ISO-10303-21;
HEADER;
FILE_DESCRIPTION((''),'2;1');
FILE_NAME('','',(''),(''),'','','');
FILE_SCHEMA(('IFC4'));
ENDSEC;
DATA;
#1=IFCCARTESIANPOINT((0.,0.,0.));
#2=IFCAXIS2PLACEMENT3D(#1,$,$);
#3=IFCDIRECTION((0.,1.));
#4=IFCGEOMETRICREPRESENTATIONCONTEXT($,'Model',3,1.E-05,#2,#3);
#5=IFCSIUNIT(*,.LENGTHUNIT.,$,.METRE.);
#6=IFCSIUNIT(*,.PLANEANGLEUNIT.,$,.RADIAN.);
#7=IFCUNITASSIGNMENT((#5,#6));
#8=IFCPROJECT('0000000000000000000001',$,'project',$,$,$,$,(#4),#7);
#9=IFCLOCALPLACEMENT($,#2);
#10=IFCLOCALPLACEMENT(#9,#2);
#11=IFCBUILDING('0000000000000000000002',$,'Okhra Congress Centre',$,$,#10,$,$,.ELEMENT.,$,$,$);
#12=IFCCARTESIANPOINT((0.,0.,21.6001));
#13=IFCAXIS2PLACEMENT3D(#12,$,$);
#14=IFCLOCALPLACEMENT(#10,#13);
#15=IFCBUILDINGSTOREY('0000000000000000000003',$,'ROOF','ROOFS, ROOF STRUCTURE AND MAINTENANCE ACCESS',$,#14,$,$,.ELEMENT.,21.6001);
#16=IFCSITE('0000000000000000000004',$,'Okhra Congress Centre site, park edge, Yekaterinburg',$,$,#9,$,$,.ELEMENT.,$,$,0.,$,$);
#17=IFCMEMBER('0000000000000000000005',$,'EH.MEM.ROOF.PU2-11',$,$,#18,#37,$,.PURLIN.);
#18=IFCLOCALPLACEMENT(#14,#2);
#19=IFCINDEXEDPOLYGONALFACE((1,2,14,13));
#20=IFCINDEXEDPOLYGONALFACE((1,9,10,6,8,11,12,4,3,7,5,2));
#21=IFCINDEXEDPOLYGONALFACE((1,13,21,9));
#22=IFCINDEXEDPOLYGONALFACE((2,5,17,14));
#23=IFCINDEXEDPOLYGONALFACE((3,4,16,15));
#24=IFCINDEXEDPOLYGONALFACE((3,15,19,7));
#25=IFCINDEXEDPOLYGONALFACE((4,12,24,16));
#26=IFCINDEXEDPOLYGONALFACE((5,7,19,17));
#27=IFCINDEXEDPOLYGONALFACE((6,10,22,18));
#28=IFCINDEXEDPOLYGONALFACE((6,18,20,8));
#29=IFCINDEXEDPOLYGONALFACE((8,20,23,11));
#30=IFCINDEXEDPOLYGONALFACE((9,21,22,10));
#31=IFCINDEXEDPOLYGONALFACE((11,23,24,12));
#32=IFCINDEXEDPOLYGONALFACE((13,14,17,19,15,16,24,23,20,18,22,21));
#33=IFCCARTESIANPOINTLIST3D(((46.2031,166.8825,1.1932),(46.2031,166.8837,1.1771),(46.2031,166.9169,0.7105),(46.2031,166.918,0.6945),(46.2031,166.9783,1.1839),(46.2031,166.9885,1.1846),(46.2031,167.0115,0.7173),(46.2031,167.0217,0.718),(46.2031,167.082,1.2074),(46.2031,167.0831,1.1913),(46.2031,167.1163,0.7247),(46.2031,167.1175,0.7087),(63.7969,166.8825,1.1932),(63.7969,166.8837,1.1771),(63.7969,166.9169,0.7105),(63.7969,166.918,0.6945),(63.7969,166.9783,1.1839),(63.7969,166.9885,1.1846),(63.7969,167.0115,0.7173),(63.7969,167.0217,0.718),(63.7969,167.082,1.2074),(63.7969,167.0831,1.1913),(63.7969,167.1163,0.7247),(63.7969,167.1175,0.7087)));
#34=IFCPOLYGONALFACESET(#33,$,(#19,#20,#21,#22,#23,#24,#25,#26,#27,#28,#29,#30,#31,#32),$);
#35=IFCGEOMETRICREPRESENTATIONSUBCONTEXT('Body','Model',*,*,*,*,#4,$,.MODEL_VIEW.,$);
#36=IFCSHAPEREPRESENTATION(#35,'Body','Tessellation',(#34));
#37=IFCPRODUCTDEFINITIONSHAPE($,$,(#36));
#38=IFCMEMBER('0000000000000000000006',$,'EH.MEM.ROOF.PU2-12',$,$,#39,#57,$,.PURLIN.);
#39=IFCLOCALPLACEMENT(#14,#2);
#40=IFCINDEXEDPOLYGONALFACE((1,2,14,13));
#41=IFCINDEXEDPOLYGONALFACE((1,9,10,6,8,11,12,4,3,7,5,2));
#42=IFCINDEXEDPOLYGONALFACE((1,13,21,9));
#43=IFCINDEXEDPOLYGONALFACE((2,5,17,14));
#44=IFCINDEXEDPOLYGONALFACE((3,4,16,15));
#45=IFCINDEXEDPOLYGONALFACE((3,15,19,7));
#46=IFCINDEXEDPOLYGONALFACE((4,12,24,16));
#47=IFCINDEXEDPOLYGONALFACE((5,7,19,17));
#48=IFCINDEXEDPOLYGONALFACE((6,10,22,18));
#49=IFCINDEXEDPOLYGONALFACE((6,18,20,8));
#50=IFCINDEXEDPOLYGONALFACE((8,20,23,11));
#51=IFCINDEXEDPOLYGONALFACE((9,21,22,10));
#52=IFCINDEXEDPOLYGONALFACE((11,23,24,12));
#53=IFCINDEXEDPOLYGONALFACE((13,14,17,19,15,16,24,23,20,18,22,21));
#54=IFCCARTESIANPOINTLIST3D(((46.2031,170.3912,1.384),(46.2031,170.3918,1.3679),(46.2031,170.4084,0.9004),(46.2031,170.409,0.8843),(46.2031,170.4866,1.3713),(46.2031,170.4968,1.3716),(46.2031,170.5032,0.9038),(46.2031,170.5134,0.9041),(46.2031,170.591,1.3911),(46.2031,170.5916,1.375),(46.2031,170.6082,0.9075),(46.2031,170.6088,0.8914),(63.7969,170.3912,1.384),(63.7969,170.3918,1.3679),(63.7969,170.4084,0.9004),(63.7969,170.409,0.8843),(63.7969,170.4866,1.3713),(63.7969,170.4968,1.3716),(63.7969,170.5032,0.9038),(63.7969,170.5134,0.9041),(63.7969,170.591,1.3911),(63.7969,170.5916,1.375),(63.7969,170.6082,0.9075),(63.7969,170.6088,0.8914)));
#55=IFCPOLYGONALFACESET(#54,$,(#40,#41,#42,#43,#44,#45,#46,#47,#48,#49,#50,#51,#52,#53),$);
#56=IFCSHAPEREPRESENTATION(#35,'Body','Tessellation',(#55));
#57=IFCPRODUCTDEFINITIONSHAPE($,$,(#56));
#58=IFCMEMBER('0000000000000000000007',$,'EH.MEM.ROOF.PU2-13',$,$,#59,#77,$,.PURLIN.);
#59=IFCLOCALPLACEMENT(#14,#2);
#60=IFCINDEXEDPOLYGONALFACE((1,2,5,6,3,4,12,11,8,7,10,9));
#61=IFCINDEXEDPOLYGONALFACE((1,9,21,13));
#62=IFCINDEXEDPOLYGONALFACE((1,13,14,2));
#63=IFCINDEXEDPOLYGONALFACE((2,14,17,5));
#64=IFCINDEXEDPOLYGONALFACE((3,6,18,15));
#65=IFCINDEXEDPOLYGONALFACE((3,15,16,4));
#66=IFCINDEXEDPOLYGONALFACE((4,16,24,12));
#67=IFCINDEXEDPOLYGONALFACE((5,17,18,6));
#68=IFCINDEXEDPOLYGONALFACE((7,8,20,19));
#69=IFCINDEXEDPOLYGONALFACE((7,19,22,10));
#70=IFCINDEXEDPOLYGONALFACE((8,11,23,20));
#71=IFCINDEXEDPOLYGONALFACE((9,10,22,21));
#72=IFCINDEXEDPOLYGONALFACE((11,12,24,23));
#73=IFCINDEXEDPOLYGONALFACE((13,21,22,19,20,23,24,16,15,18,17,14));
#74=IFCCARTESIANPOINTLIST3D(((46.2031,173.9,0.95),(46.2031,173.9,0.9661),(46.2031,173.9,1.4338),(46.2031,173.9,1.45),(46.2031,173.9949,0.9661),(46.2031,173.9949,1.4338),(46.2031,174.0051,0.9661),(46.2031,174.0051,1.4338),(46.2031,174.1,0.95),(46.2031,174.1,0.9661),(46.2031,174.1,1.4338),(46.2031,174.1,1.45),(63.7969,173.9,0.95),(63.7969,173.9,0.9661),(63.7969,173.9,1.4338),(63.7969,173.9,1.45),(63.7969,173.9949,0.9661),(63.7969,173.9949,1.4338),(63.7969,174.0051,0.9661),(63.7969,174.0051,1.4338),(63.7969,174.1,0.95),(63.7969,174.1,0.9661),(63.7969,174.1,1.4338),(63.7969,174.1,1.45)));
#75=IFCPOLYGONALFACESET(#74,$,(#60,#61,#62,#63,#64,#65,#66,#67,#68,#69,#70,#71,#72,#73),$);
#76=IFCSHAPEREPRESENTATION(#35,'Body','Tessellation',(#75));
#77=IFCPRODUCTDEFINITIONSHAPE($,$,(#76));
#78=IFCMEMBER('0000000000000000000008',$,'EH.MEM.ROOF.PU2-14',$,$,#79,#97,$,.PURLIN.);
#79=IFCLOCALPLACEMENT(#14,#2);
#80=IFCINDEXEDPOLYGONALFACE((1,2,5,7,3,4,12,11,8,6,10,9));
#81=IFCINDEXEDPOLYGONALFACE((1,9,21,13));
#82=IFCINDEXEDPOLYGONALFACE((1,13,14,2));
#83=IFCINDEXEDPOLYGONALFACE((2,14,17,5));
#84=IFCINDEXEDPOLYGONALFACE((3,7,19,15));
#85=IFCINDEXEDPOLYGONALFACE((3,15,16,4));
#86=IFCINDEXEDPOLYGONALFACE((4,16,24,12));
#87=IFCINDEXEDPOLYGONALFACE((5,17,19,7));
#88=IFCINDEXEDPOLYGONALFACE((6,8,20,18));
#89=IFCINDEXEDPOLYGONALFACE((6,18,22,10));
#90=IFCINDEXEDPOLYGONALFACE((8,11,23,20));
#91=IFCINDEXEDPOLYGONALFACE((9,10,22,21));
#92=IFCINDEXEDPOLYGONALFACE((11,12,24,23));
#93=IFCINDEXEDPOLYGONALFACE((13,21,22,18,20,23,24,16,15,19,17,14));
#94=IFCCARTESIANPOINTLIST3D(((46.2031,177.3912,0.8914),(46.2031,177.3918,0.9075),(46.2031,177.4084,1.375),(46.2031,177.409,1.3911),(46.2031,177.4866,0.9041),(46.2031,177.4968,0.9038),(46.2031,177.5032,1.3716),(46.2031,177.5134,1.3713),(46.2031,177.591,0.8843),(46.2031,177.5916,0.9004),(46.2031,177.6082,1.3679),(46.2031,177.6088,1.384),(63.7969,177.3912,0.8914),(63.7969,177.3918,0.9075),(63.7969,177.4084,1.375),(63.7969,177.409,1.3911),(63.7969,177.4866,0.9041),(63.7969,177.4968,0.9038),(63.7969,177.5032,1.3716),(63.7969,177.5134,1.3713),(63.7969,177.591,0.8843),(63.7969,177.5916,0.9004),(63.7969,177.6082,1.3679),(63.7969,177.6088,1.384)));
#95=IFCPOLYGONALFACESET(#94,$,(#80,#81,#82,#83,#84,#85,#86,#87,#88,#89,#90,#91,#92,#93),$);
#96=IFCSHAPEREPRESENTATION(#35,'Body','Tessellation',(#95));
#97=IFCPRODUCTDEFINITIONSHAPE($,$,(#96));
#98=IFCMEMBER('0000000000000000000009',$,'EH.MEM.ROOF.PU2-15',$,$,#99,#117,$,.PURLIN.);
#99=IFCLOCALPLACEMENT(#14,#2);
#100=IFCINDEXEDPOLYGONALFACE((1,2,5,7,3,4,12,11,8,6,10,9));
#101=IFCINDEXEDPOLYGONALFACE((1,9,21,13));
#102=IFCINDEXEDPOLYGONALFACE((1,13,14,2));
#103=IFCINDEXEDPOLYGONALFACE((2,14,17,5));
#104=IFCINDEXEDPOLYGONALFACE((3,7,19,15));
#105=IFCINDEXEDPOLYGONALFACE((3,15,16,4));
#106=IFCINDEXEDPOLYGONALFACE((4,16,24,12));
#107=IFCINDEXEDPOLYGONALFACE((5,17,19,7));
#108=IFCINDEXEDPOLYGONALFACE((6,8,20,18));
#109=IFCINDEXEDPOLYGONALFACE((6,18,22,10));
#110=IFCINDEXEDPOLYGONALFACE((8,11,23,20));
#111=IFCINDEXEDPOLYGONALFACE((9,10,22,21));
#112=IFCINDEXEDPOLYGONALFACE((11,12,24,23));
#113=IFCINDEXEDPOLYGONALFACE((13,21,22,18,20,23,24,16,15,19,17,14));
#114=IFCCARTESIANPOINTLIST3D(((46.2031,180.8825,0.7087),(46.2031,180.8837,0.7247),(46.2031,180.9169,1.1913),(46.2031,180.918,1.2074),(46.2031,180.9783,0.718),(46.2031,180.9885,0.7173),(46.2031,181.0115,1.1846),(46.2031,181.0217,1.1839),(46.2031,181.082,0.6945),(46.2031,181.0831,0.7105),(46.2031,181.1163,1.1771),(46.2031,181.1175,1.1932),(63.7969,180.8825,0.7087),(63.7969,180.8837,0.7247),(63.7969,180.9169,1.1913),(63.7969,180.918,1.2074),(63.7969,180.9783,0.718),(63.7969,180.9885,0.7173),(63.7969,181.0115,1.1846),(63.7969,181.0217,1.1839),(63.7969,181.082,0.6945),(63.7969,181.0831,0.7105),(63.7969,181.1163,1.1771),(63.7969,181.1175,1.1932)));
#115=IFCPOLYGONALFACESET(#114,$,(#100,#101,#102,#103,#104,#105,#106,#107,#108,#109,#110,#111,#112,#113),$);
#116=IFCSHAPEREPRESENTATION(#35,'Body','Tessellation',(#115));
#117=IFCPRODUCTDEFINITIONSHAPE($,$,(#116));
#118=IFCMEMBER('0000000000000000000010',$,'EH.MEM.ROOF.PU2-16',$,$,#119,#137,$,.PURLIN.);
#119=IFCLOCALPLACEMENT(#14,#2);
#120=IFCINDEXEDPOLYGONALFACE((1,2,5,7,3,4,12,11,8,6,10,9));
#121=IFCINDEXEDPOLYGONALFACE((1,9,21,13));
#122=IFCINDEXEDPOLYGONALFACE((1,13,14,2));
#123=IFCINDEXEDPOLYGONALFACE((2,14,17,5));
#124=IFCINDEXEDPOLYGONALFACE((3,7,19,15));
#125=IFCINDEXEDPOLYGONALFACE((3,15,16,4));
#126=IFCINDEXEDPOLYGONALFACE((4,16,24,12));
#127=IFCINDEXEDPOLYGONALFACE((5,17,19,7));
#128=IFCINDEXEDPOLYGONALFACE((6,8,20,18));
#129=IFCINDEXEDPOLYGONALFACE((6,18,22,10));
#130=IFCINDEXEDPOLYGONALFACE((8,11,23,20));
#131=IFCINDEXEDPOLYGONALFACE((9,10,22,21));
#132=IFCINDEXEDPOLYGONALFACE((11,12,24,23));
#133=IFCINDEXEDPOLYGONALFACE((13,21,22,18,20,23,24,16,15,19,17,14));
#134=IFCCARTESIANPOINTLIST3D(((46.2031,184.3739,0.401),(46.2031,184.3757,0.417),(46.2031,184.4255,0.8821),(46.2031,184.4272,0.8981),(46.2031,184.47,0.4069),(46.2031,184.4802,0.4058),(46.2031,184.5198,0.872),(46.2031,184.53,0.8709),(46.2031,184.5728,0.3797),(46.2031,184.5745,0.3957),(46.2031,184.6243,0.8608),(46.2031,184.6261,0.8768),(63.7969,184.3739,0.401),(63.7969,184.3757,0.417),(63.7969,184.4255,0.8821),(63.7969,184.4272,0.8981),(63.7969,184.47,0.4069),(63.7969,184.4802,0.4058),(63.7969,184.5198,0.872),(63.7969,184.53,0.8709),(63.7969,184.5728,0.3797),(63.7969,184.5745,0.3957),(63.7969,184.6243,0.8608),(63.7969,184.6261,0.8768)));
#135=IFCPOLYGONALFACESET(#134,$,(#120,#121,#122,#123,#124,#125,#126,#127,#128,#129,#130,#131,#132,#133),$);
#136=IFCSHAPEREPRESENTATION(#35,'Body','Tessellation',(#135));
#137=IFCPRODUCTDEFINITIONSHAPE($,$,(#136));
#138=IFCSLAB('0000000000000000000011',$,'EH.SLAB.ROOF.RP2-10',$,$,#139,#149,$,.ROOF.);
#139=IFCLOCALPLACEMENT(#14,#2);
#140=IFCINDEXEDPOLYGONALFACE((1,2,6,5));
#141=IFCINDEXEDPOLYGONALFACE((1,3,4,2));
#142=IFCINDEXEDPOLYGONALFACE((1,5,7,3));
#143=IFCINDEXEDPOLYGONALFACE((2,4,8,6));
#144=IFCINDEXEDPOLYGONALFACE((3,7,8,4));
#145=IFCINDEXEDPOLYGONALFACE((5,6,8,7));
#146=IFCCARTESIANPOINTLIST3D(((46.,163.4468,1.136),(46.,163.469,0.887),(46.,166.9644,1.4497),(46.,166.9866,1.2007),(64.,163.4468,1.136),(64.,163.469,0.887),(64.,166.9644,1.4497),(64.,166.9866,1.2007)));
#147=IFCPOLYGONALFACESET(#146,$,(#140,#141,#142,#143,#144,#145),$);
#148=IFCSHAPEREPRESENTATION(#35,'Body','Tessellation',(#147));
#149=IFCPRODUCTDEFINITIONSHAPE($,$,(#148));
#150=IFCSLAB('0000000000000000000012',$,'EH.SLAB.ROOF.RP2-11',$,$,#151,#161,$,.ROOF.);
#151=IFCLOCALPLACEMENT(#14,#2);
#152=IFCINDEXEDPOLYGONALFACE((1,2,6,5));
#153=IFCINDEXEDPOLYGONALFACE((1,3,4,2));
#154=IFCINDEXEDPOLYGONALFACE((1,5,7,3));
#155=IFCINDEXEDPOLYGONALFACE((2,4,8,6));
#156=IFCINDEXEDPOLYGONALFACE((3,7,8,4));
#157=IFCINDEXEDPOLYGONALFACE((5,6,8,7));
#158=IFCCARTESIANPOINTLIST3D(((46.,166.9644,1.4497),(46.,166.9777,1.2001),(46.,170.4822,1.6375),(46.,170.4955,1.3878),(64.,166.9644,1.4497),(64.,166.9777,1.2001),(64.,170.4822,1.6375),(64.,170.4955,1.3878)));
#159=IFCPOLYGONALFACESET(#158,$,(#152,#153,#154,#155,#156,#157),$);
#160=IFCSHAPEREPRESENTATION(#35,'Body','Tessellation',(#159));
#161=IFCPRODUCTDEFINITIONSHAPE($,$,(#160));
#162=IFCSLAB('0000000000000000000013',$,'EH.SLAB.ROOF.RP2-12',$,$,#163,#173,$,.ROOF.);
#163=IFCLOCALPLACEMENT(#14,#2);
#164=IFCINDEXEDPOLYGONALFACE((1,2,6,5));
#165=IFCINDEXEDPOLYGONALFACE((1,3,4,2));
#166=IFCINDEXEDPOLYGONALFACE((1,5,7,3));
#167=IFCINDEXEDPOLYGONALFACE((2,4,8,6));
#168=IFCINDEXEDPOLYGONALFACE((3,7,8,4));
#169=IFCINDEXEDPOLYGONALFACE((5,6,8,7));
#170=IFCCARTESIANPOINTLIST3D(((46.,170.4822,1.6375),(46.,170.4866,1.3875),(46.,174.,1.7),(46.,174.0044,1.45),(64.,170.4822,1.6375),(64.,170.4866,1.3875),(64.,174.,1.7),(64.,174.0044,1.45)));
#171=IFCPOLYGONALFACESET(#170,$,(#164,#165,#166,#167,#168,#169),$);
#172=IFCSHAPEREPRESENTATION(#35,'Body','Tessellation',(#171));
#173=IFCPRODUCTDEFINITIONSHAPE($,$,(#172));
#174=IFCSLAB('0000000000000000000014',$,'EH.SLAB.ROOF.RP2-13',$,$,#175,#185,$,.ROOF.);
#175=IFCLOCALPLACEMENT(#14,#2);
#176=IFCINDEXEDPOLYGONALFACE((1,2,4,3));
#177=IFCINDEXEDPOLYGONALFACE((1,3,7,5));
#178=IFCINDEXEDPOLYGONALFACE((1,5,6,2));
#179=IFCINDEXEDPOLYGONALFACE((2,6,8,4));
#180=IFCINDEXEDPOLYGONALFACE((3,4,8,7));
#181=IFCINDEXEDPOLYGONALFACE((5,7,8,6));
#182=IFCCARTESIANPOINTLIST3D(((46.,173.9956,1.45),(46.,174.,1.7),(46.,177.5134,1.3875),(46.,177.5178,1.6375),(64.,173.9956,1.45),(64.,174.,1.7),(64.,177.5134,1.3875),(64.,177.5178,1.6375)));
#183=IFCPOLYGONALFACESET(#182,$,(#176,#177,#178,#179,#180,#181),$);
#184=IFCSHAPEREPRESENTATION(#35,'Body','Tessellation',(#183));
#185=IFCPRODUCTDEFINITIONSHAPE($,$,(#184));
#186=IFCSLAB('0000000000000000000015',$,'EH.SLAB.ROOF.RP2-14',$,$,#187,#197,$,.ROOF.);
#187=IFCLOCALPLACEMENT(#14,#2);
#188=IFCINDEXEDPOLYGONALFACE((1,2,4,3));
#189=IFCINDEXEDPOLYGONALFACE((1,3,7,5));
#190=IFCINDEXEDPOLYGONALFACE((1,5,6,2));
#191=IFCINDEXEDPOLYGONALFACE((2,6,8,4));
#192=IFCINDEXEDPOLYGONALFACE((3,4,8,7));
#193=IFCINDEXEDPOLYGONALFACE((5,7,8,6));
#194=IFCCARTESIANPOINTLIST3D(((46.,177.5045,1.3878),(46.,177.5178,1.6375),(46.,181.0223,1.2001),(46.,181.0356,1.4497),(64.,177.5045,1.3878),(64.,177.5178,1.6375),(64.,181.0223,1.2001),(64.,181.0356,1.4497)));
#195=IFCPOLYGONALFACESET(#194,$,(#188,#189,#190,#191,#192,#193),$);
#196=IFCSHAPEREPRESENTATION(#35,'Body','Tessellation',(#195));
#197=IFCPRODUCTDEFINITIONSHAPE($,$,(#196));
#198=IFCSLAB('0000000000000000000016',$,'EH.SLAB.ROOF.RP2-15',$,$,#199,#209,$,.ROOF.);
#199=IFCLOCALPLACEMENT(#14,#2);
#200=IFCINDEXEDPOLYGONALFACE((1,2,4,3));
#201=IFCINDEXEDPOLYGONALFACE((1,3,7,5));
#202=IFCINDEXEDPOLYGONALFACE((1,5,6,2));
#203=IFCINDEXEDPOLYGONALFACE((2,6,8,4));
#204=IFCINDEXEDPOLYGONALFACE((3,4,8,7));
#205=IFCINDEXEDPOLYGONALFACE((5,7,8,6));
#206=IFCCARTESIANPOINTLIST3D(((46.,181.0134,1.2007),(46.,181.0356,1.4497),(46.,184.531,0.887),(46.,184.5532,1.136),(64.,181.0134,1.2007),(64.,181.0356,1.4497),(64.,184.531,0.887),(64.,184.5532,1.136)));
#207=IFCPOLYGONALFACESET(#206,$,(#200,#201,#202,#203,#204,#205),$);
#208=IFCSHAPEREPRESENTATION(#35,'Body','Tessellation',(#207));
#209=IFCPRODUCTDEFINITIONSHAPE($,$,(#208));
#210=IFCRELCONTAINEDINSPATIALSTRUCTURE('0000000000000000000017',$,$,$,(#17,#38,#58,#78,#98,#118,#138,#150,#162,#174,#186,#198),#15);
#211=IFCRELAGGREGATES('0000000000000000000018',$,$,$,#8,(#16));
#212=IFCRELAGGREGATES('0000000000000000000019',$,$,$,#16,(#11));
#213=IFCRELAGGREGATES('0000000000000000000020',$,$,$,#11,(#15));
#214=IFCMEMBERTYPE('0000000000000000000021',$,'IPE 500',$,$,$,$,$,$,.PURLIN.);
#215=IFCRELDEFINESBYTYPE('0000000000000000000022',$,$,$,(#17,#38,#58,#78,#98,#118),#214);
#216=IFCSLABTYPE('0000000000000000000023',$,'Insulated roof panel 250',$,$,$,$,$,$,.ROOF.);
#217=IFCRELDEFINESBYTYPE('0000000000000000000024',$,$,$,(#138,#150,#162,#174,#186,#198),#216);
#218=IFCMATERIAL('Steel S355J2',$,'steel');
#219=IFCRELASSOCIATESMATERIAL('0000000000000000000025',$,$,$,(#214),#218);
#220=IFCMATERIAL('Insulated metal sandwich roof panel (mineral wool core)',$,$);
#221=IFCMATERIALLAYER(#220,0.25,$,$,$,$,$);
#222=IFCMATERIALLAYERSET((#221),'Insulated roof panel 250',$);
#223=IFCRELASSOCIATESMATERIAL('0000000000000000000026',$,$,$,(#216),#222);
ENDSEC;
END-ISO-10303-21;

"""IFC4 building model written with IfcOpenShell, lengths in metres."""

from ifc_helpers import new_model, si_unit, direction, frame, origin, origin_2d, place, context, subcontext, project, spatial, polyline, i_section, outline, extrude, material, layer, layer_set, material_profile, profile_set, type_object, element, save


model = new_model("IFC4")

# Units and contexts
model_context = context("Model", 3, precision=1e-05, world=origin(), true_north=direction((0.0, 1.0)))
body_context = subcontext(model_context, "Body", "Model", "MODEL_VIEW")
ifc_project = project(units=[si_unit("LENGTHUNIT", "METRE"), si_unit("PLANEANGLEUNIT", "RADIAN")], contexts=[model_context])

# Site, building, storey
site_placement = place(None, origin())
site = spatial("IfcSite", under=ifc_project, at=site_placement, Name="Okhra Congress Centre site, park edge, Yekaterinburg", CompositionType="ELEMENT", RefElevation=0.0)
building_placement = place(site_placement, origin())
building = spatial("IfcBuilding", under=site, at=building_placement, Name="Okhra Congress Centre", CompositionType="ELEMENT")
storey_placement = place(building_placement, frame((0.0, 0.0, 21.6001)))
storey = spatial("IfcBuildingStorey", under=building, at=storey_placement, Name="ROOF", Description="ROOFS, ROOF STRUCTURE AND MAINTENANCE ACCESS", CompositionType="ELEMENT", Elevation=21.6001)

# Members
ifc_material_1 = material(Name="Steel S355J2", Category="steel")
ifc_material_profile_1 = material_profile(ifc_material_1, i_section(OverallWidth=0.2, OverallDepth=0.5, WebThickness=0.0103, FlangeThickness=0.0161, at=origin_2d()), Name="IPE 500")
ifc_profile_set_1 = profile_set([ifc_material_profile_1], Name="Steel S355J2")
member_type_1 = type_object("IfcMemberType", Name="IPE 500", PredefinedType="PURLIN", material=ifc_profile_set_1)
for number, where, z_axis, x_axis, name in (
    (1, (46.2031, 167.0, 0.9509), (1.0, 0.0, 0.0), (0.0, 0.997472, 0.071067), "EH.MEM.ROOF.PU2-11"),
    (2, (46.2031, 170.5, 1.1377), (1.0, 0.0, 0.0), (0.0, 0.999368, 0.035533), "EH.MEM.ROOF.PU2-12"),
    (3, (46.2031, 174.0, 1.2), (1.0, 0.0, 0.0), (0.0, 1.0, 0.0), "EH.MEM.ROOF.PU2-13"),
    (4, (46.2031, 177.5, 1.1377), (1.0, 0.0, 0.0), (0.0, 0.999368, -0.035533), "EH.MEM.ROOF.PU2-14"),
    (5, (46.2031, 181.0, 0.9509), (1.0, 0.0, 0.0), (0.0, 0.997472, -0.071067), "EH.MEM.ROOF.PU2-15"),
    (6, (46.2031, 184.5, 0.6389), (1.0, 0.0, 0.0), (0.0, 0.994302, -0.106601), "EH.MEM.ROOF.PU2-16"),
):
    element("IfcMember", number, at=place(storey_placement, frame(where, z_axis=z_axis, x_axis=x_axis)), inside=storey, type_object=member_type_1, Name=name, PredefinedType="PURLIN", context=body_context, shape_type="SweptSolid", body=[
        extrude(i_section(OverallWidth=0.2, OverallDepth=0.5, WebThickness=0.0103, FlangeThickness=0.0161, at=origin_2d()), origin(), (0.0, 0.0, 1.0), 17.5938),
    ])

# Slabs
ifc_material_2 = material(Name="Insulated metal sandwich roof panel (mineral wool core)")
ifc_layer = layer(ifc_material_2, 0.25)
ifc_layer_set = layer_set([ifc_layer], Name="Insulated roof panel 250")
slab_type = type_object("IfcSlabType", Name="Insulated roof panel 250", PredefinedType="ROOF", material=ifc_layer_set)
slab_1_placement = place(storey_placement, frame((46.0, 163.4468, 1.136), z_axis=(0.0, -0.088834, 0.996046), x_axis=(1.0, 0.0, 0.0)))
element("IfcSlab", 7, at=slab_1_placement, inside=storey, type_object=slab_type, Name="EH.SLAB.ROOF.RP2-10", PredefinedType="ROOF", context=body_context, shape_type="SweptSolid", body=[
    extrude(outline(polyline([(0.0, 0.0), (18.0, 0.0), (18.0, 3.5315), (0.0, 3.5315), (0.0, 0.0)])), origin(), (0.0, 0.0, -1.0), 0.25),
])
slab_2_placement = place(storey_placement, frame((46.0, 166.9644, 1.4497), z_axis=(0.0, -0.053294, 0.998579), x_axis=(1.0, 0.0, 0.0)))
element("IfcSlab", 8, at=slab_2_placement, inside=storey, type_object=slab_type, Name="EH.SLAB.ROOF.RP2-11", PredefinedType="ROOF", context=body_context, shape_type="SweptSolid", body=[
    extrude(outline(polyline([(0.0, 0.0), (18.0, 0.0), (18.0, 3.5228), (0.0, 3.5228), (0.0, 0.0)])), origin(), (0.0, 0.0, -1.0), 0.25),
])
for number, where, z_axis, x_axis, name in (
    (9, (46.0, 170.4822, 1.6375), (0.0, -0.017764, 0.999842), (1.0, 0.0, 0.0), "EH.SLAB.ROOF.RP2-12"),
    (10, (46.0, 174.0, 1.7), (0.0, 0.017764, 0.999842), (1.0, 0.0, 0.0), "EH.SLAB.ROOF.RP2-13"),
):
    element("IfcSlab", number, at=place(storey_placement, frame(where, z_axis=z_axis, x_axis=x_axis)), inside=storey, type_object=slab_type, Name=name, PredefinedType="ROOF", context=body_context, shape_type="SweptSolid", body=[
        extrude(outline(polyline([(0.0, 0.0), (18.0, 0.0), (18.0, 3.5184), (0.0, 3.5184), (0.0, 0.0)])), origin(), (0.0, 0.0, -1.0), 0.25),
    ])
slab_3_placement = place(storey_placement, frame((46.0, 177.5178, 1.6375), z_axis=(0.0, 0.053294, 0.998579), x_axis=(1.0, 0.0, 0.0)))
element("IfcSlab", 11, at=slab_3_placement, inside=storey, type_object=slab_type, Name="EH.SLAB.ROOF.RP2-14", PredefinedType="ROOF", context=body_context, shape_type="SweptSolid", body=[
    extrude(outline(polyline([(0.0, 0.0), (18.0, 0.0), (18.0, 3.5228), (0.0, 3.5228), (0.0, 0.0)])), origin(), (0.0, 0.0, -1.0), 0.25),
])
slab_4_placement = place(storey_placement, frame((46.0, 181.0356, 1.4497), z_axis=(0.0, 0.088834, 0.996046), x_axis=(1.0, 0.0, 0.0)))
element("IfcSlab", 12, at=slab_4_placement, inside=storey, type_object=slab_type, Name="EH.SLAB.ROOF.RP2-15", PredefinedType="ROOF", context=body_context, shape_type="SweptSolid", body=[
    extrude(outline(polyline([(0.0, 0.0), (18.0, 0.0), (18.0, 3.5315), (0.0, 3.5315), (0.0, 0.0)])), origin(), (0.0, 0.0, -1.0), 0.25),
])

save(model, "model.ifc")
